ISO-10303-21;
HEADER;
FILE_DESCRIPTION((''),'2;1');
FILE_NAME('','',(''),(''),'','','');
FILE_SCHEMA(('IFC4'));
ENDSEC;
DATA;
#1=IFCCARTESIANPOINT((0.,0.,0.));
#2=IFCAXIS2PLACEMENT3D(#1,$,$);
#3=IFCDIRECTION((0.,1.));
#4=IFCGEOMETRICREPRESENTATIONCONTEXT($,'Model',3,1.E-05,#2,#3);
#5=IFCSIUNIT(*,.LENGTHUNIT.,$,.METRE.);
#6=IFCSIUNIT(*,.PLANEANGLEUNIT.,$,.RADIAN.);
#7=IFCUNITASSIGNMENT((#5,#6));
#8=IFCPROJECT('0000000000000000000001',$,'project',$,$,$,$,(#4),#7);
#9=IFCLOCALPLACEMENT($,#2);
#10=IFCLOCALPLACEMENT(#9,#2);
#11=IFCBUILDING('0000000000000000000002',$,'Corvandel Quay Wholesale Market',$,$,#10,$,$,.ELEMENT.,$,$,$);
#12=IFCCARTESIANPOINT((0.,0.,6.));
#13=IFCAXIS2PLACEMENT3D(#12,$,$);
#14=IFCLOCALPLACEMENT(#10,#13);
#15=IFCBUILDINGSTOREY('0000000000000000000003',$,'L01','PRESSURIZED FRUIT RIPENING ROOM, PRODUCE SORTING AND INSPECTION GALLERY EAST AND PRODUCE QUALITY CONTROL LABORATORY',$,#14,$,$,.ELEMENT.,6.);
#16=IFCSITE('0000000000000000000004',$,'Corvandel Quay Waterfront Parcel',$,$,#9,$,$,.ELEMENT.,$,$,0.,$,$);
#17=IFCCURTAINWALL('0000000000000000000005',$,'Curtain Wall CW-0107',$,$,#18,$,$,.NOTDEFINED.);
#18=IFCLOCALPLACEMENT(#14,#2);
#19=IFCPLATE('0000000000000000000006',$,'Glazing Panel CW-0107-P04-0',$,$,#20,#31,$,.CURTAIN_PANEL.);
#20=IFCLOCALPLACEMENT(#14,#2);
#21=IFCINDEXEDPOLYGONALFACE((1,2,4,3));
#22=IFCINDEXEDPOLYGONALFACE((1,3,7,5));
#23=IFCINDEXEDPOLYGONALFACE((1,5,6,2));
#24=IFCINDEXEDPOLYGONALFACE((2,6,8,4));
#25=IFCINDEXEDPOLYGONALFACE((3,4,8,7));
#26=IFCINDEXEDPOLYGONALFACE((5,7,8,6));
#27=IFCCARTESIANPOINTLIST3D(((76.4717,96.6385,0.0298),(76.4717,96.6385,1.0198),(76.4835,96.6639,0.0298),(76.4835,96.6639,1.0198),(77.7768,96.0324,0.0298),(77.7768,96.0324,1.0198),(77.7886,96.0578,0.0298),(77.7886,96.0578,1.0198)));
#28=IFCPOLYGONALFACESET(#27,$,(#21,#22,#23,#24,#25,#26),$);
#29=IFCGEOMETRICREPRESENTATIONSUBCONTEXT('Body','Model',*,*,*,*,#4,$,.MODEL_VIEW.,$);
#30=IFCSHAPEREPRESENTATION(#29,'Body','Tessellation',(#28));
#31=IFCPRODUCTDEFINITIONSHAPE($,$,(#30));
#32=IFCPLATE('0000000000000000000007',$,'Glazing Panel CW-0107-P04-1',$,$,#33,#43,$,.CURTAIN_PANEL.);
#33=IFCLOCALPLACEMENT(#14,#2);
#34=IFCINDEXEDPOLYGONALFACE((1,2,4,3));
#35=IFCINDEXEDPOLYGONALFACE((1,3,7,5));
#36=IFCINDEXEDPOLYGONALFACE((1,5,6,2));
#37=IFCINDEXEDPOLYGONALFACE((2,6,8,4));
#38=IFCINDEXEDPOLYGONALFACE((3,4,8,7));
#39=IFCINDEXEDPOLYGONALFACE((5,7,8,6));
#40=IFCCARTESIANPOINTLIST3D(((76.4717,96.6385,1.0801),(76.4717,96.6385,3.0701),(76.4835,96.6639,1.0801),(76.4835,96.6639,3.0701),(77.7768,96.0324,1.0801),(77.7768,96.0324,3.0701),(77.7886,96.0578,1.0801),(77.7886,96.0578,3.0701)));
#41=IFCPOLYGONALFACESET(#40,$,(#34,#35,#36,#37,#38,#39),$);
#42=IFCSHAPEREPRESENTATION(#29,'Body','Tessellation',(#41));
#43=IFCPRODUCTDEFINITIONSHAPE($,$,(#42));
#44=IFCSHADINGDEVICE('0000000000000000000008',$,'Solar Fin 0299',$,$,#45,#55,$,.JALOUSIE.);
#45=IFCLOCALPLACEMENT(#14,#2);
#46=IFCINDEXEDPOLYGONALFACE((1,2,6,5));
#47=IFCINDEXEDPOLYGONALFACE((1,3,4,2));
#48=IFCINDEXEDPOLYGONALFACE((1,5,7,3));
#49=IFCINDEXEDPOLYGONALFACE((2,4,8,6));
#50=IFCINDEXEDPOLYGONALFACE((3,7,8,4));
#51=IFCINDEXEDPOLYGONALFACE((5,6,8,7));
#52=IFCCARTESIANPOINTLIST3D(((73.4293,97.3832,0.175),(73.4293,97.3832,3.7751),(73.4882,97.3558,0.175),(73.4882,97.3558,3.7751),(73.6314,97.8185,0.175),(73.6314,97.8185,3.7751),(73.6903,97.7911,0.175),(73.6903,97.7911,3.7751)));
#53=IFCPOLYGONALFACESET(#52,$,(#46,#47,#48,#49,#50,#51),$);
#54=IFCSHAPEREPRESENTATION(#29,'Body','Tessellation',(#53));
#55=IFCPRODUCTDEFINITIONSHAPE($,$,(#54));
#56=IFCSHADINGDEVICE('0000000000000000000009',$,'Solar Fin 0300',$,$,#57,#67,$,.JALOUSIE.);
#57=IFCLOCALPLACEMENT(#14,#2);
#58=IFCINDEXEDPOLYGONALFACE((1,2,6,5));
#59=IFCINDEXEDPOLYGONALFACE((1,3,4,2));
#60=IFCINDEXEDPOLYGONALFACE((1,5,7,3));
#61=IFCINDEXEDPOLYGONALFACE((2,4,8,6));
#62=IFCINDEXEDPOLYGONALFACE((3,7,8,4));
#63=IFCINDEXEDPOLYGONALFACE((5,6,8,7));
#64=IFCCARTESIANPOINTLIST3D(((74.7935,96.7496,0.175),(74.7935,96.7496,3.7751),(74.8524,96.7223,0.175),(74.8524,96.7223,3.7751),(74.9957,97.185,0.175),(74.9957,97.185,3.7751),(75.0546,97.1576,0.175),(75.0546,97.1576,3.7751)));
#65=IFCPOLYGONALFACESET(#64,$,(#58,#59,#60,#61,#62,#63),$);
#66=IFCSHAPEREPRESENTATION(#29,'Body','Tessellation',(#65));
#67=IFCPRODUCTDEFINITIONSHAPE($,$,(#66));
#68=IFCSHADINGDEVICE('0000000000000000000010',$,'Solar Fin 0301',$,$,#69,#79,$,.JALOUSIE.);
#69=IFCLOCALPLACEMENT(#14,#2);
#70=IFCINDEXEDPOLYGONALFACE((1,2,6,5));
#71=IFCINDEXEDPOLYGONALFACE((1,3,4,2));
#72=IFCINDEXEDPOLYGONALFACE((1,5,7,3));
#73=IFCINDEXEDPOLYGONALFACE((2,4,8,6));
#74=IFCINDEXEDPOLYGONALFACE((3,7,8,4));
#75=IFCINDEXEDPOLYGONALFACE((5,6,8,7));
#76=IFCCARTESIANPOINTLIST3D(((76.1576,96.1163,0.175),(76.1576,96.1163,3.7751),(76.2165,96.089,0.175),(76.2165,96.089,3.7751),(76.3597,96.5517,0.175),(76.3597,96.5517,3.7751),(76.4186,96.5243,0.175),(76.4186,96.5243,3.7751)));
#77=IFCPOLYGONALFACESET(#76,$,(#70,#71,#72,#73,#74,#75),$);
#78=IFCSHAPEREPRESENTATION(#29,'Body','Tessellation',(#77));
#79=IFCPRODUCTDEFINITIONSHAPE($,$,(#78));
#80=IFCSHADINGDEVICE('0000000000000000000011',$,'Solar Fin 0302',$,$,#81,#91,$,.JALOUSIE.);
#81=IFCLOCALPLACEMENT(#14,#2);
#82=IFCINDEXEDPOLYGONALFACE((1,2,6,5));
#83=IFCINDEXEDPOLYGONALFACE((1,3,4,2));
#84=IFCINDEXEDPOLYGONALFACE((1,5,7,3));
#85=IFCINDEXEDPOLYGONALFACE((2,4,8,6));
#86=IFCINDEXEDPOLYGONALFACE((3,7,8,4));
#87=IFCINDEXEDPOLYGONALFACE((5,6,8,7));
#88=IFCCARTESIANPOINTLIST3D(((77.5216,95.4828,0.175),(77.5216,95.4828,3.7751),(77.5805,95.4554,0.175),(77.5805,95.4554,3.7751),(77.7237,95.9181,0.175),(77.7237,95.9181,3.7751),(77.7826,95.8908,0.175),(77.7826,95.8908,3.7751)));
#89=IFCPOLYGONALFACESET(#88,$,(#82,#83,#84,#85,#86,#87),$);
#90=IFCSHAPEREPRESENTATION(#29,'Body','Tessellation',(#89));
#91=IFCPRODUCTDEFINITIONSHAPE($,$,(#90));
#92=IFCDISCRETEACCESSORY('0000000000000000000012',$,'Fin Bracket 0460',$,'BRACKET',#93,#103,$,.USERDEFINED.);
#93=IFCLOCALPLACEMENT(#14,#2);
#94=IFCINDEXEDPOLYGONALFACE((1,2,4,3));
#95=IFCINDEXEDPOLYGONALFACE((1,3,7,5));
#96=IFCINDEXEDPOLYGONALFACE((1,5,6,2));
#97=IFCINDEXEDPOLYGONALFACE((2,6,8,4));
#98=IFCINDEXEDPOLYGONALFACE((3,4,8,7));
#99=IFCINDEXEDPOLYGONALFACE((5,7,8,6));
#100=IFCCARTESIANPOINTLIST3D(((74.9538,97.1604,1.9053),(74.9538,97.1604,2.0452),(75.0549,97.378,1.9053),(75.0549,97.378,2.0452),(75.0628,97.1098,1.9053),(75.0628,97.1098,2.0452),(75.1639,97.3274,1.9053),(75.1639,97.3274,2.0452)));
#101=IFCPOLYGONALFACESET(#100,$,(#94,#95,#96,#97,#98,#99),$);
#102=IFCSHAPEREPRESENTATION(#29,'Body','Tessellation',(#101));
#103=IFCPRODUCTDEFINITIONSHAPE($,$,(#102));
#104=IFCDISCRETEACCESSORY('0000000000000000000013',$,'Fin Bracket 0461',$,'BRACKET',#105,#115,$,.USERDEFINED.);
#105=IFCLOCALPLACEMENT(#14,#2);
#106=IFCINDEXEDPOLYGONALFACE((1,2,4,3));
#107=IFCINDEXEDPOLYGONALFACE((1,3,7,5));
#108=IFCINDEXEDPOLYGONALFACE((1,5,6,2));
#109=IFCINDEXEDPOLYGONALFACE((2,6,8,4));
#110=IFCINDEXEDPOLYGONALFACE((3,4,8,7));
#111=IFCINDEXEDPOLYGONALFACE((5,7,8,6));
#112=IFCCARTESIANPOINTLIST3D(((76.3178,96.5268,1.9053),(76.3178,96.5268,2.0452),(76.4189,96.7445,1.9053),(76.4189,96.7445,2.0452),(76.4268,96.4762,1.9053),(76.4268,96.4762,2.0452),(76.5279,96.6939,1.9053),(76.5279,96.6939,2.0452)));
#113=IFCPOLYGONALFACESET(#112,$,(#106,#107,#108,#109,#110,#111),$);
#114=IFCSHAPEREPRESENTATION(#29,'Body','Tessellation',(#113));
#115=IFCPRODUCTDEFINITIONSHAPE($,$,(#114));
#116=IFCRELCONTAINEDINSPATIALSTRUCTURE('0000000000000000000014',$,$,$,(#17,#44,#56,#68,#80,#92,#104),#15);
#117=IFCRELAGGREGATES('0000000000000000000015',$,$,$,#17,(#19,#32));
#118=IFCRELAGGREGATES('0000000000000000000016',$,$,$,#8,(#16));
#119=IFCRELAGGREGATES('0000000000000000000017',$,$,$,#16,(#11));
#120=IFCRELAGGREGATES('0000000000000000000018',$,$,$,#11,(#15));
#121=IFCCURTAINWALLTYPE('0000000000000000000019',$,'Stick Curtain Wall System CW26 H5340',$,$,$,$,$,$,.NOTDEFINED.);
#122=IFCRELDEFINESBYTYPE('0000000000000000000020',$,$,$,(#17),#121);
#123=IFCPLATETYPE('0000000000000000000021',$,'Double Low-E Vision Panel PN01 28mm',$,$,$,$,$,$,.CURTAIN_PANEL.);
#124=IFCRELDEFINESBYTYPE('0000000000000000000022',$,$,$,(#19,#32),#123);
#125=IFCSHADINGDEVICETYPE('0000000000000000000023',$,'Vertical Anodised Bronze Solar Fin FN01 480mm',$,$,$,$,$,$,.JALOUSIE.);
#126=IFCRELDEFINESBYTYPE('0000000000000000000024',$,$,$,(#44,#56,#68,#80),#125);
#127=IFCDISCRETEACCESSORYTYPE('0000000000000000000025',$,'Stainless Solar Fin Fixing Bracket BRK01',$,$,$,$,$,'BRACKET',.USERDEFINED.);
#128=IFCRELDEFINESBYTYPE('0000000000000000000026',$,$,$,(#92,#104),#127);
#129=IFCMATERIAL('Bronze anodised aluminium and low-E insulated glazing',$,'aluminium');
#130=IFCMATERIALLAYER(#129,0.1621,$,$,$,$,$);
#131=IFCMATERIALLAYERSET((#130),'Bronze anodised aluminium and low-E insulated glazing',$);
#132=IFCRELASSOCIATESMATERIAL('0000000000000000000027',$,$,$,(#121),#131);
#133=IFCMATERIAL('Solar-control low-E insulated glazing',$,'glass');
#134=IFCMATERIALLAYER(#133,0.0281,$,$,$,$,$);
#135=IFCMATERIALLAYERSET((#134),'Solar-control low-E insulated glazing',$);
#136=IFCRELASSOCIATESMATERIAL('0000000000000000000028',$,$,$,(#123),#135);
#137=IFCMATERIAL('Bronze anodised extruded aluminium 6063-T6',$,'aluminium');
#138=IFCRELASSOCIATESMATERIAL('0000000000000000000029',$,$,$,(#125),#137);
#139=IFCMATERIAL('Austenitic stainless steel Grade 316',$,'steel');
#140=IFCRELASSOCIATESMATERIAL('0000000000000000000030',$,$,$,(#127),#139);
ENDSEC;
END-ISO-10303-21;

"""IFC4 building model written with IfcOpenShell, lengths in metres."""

from ifc_helpers import new_model, si_unit, direction, frame, origin, origin_2d, place, context, subcontext, project, spatial, rectangle, extrude, material, layer, layer_set, type_object, element, aggregate, save


model = new_model("IFC4")

# Units and contexts
model_context = context("Model", 3, precision=1e-05, world=origin(), true_north=direction((0.0, 1.0)))
body_context = subcontext(model_context, "Body", "Model", "MODEL_VIEW")
ifc_project = project(units=[si_unit("LENGTHUNIT", "METRE"), si_unit("PLANEANGLEUNIT", "RADIAN")], contexts=[model_context])

# Site, building, storey
site_placement = place(None, origin())
site = spatial("IfcSite", under=ifc_project, at=site_placement, Name="Corvandel Quay Waterfront Parcel", CompositionType="ELEMENT", RefElevation=0.0)
building_placement = place(site_placement, origin())
building = spatial("IfcBuilding", under=site, at=building_placement, Name="Corvandel Quay Wholesale Market", CompositionType="ELEMENT")
storey_placement = place(building_placement, frame((0.0, 0.0, 6.0)))
storey = spatial("IfcBuildingStorey", under=building, at=storey_placement, Name="L01", Description="PRESSURIZED FRUIT RIPENING ROOM, PRODUCE SORTING AND INSPECTION GALLERY EAST AND PRODUCE QUALITY CONTROL LABORATORY", CompositionType="ELEMENT", Elevation=6.0)

# Curtain wall, plates
ifc_material_1 = material(Name="Bronze anodised aluminium and low-E insulated glazing", Category="aluminium")
ifc_layer_1 = layer(ifc_material_1, 0.1621)
ifc_layer_set_1 = layer_set([ifc_layer_1], Name="Bronze anodised aluminium and low-E insulated glazing")
curtain_wall_type = type_object("IfcCurtainWallType", Name="Stick Curtain Wall System CW26 H5340", PredefinedType="NOTDEFINED", material=ifc_layer_set_1)
curtain_wall_placement = place(storey_placement, origin())
curtain_wall = element("IfcCurtainWall", 1, at=curtain_wall_placement, inside=storey, type_object=curtain_wall_type, Name="Curtain Wall CW-0107", PredefinedType="NOTDEFINED")
ifc_material_2 = material(Name="Solar-control low-E insulated glazing", Category="glass")
ifc_layer_2 = layer(ifc_material_2, 0.0281)
ifc_layer_set_2 = layer_set([ifc_layer_2], Name="Solar-control low-E insulated glazing")
plate_type_1 = type_object("IfcPlateType", Name="Double Low-E Vision Panel PN01 28mm", PredefinedType="CURTAIN_PANEL", material=ifc_layer_set_2)
plate_1_placement = place(storey_placement, frame((77.1301, 96.3481, 0.0298), z_axis=(0.0, 0.0, 1.0), x_axis=(-0.906971, 0.421194, 0.0)))
plate_1 = element("IfcPlate", 2, at=plate_1_placement, type_object=plate_type_1, Name="Glazing Panel CW-0107-P04-0", PredefinedType="CURTAIN_PANEL", context=body_context, shape_type="SweptSolid", body=[
    extrude(rectangle(XDim=1.439, YDim=0.0281, at=origin_2d()), origin(), (0.0, 0.0, 1.0), 0.99),
])
plate_2_placement = place(storey_placement, frame((77.1301, 96.3481, 1.0801), z_axis=(0.0, 0.0, 1.0), x_axis=(-0.906971, 0.421194, 0.0)))
plate_2 = element("IfcPlate", 3, at=plate_2_placement, type_object=plate_type_1, Name="Glazing Panel CW-0107-P04-1", PredefinedType="CURTAIN_PANEL", context=body_context, shape_type="SweptSolid", body=[
    extrude(rectangle(XDim=1.439, YDim=0.0281, at=origin_2d()), origin(), (0.0, 0.0, 1.0), 1.99),
])
aggregate(curtain_wall, [plate_1, plate_2])

# Shading devices
ifc_material_3 = material(Name="Bronze anodised extruded aluminium 6063-T6", Category="aluminium")
shading_device_type = type_object("IfcShadingDeviceType", Name="Vertical Anodised Bronze Solar Fin FN01 480mm", PredefinedType="JALOUSIE", material=ifc_material_3)
for number, where, z_axis, x_axis, name in (
    (4, (73.5598, 97.5872, 0.175), (0.0, 0.0, 1.0), (0.421194, 0.906971, 0.0), "Solar Fin 0299"),
    (5, (74.9241, 96.9536, 0.175), (0.0, 0.0, 1.0), (0.421194, 0.906971, 0.0), "Solar Fin 0300"),
    (6, (76.2881, 96.3203, 0.175), (0.0, 0.0, 1.0), (0.421194, 0.906971, 0.0), "Solar Fin 0301"),
    (7, (77.6521, 95.6868, 0.175), (0.0, 0.0, 1.0), (0.421194, 0.906971, 0.0), "Solar Fin 0302"),
):
    element("IfcShadingDevice", number, at=place(storey_placement, frame(where, z_axis=z_axis, x_axis=x_axis)), inside=storey, type_object=shading_device_type, Name=name, PredefinedType="JALOUSIE", context=body_context, shape_type="SweptSolid", body=[
        extrude(rectangle(XDim=0.48, YDim=0.0649, at=origin_2d()), origin(), (0.0, 0.0, 1.0), 3.6001),
    ])

# Discrete accessories
ifc_material_4 = material(Name="Austenitic stainless steel Grade 316", Category="steel")
discrete_accessory_type = type_object("IfcDiscreteAccessoryType", Name="Stainless Solar Fin Fixing Bracket BRK01", ElementType="BRACKET", PredefinedType="USERDEFINED", material=ifc_material_4)
for number, where, z_axis, x_axis, name in (
    (8, (75.0588, 97.2439, 1.9053), (0.0, 0.0, 1.0), (0.421194, 0.906971, 0.0), "Fin Bracket 0460"),
    (9, (76.4229, 96.6104, 1.9053), (0.0, 0.0, 1.0), (0.421194, 0.906971, 0.0), "Fin Bracket 0461"),
):
    element("IfcDiscreteAccessory", number, at=place(storey_placement, frame(where, z_axis=z_axis, x_axis=x_axis)), inside=storey, type_object=discrete_accessory_type, Name=name, ObjectType="BRACKET", PredefinedType="USERDEFINED", context=body_context, shape_type="SweptSolid", body=[
        extrude(rectangle(XDim=0.24, YDim=0.1201, at=origin_2d()), origin(), (0.0, 0.0, 1.0), 0.1399),
    ])

save(model, "model.ifc")
